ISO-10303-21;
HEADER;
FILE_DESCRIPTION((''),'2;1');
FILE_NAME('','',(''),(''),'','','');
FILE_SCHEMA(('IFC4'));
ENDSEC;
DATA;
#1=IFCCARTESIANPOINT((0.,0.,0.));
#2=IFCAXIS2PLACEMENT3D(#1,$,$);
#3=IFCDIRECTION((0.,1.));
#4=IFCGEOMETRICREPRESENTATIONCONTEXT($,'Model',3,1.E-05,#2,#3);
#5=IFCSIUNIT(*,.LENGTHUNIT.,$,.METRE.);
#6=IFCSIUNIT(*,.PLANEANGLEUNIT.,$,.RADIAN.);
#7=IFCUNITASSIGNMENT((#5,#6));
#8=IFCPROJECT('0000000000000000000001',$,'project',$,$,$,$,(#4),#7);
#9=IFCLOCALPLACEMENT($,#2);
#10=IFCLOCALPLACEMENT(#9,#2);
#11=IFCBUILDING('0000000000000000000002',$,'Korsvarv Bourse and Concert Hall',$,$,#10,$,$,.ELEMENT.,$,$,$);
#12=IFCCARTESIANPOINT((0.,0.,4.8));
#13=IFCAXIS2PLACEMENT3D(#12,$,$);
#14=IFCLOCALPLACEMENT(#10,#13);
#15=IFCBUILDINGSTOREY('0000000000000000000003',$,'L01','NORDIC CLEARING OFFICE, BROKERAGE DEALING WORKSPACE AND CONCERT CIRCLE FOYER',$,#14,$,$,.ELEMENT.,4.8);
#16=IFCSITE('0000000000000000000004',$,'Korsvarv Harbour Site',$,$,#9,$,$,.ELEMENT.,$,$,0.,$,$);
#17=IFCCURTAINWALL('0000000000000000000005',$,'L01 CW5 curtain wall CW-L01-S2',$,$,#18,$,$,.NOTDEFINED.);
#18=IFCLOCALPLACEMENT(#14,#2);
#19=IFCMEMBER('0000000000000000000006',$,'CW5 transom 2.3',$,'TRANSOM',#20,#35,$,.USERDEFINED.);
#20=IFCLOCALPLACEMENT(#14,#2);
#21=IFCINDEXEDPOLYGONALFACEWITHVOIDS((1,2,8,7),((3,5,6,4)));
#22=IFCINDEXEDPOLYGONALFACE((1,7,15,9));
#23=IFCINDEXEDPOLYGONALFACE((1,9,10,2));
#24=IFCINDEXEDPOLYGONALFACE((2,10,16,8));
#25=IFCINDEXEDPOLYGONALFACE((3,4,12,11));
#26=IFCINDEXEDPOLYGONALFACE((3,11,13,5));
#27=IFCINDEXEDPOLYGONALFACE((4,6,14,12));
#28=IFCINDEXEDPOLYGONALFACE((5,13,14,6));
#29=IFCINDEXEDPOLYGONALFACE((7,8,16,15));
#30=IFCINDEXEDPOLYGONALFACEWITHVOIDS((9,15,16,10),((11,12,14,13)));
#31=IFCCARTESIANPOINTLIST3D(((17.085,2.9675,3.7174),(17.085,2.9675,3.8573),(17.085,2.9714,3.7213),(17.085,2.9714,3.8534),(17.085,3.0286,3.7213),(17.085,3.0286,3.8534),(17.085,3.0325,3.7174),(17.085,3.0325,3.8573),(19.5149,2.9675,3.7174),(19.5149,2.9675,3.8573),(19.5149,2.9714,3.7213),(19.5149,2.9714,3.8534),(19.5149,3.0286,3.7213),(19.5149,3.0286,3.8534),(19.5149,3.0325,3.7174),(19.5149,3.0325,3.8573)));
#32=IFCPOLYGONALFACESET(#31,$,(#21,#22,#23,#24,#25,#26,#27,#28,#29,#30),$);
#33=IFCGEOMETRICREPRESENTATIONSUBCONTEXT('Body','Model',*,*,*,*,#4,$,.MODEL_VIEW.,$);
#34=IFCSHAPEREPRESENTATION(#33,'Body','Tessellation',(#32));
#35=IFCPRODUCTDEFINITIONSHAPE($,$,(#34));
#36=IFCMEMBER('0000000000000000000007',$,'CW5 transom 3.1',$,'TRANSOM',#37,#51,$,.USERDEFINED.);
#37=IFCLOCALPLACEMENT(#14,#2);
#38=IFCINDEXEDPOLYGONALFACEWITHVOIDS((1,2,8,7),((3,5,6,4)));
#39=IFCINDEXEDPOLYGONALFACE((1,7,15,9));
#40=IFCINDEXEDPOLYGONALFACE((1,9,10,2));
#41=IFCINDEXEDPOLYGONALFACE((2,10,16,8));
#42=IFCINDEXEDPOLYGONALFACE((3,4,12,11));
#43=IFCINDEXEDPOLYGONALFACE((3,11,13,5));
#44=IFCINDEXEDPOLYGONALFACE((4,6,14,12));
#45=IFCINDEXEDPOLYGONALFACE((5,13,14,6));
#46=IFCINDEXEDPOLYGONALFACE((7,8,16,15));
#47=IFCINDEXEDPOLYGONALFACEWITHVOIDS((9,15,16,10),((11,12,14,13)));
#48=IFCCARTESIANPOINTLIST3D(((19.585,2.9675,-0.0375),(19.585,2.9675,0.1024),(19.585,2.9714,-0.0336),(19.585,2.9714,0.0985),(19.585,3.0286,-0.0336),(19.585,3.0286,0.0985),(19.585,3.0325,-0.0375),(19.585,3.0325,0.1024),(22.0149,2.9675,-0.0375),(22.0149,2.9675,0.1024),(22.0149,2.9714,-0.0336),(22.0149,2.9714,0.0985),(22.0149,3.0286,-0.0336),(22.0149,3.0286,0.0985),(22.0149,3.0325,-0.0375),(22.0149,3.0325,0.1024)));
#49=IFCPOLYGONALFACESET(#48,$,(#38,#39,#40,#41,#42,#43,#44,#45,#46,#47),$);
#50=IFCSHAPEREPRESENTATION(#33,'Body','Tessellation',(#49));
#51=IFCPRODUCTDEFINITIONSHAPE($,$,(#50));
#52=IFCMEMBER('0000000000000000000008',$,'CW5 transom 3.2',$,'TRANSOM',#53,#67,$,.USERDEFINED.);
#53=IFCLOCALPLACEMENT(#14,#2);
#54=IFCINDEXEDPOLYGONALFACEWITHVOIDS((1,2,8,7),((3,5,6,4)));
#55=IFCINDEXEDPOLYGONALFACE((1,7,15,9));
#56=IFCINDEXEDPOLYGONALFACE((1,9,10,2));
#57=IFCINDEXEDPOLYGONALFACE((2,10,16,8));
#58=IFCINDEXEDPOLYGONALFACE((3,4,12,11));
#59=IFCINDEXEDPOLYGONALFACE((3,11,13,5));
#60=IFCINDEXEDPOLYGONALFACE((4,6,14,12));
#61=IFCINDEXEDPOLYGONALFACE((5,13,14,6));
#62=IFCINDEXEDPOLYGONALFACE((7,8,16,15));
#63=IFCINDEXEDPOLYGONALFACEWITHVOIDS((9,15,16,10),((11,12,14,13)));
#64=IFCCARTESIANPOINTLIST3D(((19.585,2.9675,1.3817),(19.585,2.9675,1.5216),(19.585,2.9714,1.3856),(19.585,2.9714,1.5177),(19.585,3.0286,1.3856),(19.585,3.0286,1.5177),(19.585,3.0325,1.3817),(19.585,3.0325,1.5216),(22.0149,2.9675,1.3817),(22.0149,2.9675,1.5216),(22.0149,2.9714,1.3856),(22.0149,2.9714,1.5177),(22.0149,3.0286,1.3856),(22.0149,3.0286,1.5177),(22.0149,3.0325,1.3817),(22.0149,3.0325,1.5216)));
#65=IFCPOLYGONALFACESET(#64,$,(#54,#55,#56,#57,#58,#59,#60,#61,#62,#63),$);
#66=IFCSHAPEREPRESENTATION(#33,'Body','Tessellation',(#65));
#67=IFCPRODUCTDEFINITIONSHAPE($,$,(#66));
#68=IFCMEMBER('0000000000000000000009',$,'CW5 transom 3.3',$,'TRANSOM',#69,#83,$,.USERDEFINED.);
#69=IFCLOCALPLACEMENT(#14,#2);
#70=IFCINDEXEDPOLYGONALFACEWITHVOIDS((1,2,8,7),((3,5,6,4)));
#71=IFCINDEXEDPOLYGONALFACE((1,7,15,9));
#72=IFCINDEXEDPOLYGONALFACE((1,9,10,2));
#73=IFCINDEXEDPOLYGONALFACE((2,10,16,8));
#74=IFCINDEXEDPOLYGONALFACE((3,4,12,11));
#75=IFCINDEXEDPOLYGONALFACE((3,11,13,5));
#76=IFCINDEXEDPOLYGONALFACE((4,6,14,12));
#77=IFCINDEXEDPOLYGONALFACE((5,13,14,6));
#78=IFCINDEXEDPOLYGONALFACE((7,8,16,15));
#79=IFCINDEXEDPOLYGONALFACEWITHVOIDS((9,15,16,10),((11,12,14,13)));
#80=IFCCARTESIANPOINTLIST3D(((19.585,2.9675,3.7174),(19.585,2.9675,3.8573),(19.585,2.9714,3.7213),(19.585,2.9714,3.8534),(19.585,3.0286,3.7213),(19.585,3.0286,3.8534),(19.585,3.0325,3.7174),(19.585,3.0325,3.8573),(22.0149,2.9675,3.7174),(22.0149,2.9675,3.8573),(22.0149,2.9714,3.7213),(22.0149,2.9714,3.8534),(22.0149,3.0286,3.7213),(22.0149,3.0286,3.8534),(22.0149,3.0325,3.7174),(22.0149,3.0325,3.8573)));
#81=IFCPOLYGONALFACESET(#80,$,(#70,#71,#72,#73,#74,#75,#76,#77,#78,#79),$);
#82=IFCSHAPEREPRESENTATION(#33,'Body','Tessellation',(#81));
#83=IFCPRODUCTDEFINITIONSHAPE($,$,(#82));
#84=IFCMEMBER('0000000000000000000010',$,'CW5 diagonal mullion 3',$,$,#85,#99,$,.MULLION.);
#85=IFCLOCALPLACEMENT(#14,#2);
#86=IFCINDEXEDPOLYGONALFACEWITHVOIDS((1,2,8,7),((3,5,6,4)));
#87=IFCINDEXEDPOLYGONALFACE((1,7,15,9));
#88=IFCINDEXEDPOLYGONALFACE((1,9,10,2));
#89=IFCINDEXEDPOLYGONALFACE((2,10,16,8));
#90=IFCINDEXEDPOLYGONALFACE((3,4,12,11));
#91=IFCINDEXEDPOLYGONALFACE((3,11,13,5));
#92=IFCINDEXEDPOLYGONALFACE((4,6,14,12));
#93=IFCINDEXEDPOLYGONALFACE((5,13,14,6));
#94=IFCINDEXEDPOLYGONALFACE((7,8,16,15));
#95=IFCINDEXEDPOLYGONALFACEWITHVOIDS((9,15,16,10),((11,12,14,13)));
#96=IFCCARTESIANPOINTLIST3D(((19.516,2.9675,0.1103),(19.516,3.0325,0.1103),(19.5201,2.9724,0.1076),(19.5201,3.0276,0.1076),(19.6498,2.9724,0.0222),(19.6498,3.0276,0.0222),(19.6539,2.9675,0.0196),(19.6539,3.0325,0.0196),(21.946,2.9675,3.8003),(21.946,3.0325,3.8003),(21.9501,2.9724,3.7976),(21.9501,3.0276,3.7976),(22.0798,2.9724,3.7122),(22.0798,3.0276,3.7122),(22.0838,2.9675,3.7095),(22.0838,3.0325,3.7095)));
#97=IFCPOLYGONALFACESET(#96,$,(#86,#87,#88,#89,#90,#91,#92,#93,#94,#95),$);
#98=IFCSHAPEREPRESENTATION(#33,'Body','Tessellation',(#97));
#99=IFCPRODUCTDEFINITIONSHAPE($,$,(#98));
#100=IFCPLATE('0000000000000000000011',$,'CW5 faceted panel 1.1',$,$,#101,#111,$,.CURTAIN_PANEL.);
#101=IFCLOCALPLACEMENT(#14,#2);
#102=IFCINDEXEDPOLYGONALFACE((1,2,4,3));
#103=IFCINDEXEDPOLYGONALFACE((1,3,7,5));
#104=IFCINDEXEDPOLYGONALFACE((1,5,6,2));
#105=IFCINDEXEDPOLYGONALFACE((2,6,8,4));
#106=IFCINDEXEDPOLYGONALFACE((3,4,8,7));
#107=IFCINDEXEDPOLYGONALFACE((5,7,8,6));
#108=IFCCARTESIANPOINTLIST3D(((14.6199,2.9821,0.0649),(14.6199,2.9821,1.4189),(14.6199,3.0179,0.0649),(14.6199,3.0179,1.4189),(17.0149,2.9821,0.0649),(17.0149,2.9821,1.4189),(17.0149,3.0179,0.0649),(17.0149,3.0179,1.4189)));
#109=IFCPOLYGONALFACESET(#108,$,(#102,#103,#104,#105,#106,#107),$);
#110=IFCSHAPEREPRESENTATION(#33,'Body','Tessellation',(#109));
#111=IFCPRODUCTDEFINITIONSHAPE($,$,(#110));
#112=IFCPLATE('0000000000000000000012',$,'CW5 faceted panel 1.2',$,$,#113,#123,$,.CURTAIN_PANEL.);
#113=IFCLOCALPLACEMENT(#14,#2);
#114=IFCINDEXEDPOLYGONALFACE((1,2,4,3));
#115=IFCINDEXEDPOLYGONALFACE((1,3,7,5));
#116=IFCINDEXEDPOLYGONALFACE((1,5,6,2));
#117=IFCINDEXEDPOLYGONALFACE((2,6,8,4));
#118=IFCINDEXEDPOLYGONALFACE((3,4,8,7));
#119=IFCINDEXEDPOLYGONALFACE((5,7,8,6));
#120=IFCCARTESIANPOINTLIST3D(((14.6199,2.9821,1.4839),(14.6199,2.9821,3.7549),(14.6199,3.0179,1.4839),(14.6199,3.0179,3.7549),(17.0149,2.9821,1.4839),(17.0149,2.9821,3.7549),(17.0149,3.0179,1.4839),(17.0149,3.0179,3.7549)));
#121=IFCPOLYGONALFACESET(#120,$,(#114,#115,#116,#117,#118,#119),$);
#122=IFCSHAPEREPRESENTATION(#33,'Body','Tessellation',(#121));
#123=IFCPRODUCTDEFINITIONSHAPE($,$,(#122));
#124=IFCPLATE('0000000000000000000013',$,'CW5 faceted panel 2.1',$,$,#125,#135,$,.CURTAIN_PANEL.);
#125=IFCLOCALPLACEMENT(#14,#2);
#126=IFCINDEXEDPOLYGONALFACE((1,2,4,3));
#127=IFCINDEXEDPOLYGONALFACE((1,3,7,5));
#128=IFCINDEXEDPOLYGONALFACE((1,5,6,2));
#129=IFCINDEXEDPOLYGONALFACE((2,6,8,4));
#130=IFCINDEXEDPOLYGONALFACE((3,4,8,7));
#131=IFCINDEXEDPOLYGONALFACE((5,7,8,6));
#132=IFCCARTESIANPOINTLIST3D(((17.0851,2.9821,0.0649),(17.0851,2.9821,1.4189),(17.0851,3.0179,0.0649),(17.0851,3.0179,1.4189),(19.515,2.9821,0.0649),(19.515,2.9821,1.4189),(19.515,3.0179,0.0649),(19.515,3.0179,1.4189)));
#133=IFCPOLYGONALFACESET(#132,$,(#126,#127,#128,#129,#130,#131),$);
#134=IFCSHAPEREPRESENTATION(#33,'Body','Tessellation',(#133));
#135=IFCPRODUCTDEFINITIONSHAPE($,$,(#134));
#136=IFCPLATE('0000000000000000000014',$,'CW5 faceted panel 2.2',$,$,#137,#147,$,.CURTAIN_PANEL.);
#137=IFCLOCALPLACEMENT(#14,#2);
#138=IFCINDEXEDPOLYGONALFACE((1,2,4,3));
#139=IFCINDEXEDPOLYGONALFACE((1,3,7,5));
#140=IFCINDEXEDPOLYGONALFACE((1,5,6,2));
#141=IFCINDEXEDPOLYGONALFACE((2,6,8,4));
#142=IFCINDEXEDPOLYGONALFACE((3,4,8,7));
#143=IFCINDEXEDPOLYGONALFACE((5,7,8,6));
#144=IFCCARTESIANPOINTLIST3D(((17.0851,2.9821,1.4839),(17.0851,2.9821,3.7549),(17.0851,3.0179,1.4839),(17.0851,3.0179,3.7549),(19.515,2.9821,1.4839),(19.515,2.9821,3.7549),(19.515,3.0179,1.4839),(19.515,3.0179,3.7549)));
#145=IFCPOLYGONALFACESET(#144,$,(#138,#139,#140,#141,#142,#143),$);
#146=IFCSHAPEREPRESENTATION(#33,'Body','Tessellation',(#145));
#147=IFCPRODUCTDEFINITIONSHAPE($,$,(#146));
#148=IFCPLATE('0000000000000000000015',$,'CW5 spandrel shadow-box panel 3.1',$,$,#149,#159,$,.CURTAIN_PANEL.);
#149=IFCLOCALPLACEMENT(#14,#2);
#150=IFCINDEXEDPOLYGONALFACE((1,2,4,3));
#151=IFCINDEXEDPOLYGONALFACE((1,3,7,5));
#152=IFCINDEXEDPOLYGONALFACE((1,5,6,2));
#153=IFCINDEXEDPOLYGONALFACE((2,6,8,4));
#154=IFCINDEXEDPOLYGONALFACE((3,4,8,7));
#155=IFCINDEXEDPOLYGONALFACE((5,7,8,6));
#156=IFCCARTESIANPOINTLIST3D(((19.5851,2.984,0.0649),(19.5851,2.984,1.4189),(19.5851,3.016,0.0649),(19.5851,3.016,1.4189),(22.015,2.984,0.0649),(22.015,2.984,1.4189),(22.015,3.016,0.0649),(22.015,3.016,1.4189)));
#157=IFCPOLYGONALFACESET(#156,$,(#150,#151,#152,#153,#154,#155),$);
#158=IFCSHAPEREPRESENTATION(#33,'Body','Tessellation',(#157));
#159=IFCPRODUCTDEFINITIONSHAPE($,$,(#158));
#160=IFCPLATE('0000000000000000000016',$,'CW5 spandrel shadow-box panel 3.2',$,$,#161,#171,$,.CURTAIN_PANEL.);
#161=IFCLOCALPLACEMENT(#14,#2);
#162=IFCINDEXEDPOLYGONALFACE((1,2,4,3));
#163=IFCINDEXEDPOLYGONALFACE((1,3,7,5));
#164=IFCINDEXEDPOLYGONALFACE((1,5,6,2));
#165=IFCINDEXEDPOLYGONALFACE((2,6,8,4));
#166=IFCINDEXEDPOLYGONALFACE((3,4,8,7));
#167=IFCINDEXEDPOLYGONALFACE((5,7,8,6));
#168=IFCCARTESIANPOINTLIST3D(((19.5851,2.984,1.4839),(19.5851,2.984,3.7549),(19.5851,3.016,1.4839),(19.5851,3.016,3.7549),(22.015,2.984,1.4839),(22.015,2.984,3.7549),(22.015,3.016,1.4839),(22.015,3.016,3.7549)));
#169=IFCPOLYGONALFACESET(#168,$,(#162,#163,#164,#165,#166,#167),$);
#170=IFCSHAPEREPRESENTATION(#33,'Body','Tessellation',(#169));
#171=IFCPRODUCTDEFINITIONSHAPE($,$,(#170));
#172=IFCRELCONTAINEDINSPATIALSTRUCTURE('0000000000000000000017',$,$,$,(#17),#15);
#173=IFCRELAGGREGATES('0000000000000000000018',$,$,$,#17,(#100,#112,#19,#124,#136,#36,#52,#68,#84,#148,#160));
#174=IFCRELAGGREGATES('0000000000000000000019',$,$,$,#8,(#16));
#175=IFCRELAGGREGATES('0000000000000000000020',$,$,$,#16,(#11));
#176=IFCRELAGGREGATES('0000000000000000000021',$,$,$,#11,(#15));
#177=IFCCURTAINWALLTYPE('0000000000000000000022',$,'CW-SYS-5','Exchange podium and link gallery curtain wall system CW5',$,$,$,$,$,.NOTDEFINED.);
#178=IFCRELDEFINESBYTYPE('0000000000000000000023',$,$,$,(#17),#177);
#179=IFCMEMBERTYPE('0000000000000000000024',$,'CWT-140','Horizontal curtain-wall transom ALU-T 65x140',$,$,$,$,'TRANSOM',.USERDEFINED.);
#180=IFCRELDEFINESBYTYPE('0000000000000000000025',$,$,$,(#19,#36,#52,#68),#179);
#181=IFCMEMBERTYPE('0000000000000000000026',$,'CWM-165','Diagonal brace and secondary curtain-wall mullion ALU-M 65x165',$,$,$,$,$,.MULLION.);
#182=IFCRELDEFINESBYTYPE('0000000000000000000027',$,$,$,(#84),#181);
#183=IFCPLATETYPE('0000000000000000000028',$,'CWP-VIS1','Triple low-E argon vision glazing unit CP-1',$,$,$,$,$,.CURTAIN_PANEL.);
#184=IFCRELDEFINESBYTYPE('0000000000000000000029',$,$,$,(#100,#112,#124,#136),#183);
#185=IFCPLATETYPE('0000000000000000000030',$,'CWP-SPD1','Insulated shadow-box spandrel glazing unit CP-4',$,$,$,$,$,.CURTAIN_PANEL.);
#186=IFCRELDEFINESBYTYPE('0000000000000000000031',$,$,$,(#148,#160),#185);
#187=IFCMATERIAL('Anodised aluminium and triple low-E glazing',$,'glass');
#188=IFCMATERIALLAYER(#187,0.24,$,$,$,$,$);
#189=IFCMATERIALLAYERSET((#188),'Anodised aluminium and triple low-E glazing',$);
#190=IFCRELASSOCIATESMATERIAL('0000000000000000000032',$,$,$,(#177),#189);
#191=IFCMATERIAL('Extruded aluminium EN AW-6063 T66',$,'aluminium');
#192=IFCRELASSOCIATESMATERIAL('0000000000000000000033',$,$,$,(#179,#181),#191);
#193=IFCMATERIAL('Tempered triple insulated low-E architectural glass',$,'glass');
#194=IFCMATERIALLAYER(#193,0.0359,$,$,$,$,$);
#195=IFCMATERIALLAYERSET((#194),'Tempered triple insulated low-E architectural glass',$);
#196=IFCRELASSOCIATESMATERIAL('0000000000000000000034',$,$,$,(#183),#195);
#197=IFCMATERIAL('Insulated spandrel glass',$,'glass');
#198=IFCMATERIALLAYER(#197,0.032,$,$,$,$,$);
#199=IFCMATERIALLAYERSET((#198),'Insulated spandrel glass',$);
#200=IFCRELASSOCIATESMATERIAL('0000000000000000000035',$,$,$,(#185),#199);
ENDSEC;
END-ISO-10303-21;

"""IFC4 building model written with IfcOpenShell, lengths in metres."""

from ifc_helpers import new_model, si_unit, direction, frame, origin, origin_2d, place, context, subcontext, project, spatial, rectangle, hollow_rectangle, extrude, source, transform, mapped, material, layer, layer_set, material_profile, profile_set, type_object, element, aggregate, save


model = new_model("IFC4")

# Units and contexts
model_context = context("Model", 3, precision=1e-05, world=origin(), true_north=direction((0.0, 1.0)))
body_context = subcontext(model_context, "Body", "Model", "MODEL_VIEW")
ifc_project = project(units=[si_unit("LENGTHUNIT", "METRE"), si_unit("PLANEANGLEUNIT", "RADIAN")], contexts=[model_context])

# Site, building, storey
site_placement = place(None, origin())
site = spatial("IfcSite", under=ifc_project, at=site_placement, Name="Korsvarv Harbour Site", CompositionType="ELEMENT", RefElevation=0.0)
building_placement = place(site_placement, origin())
building = spatial("IfcBuilding", under=site, at=building_placement, Name="Korsvarv Bourse and Concert Hall", CompositionType="ELEMENT")
storey_placement = place(building_placement, frame((0.0, 0.0, 4.8)))
storey = spatial("IfcBuildingStorey", under=building, at=storey_placement, Name="L01", Description="NORDIC CLEARING OFFICE, BROKERAGE DEALING WORKSPACE AND CONCERT CIRCLE FOYER", CompositionType="ELEMENT", Elevation=4.8)

# Curtain wall, members, plates
ifc_material_1 = material(Name="Anodised aluminium and triple low-E glazing", Category="glass")
ifc_layer_1 = layer(ifc_material_1, 0.24)
ifc_layer_set_1 = layer_set([ifc_layer_1], Name="Anodised aluminium and triple low-E glazing")
curtain_wall_type = type_object("IfcCurtainWallType", Name="CW-SYS-5", Description="Exchange podium and link gallery curtain wall system CW5", PredefinedType="NOTDEFINED", material=ifc_layer_set_1)
curtain_wall_placement = place(storey_placement, origin())
curtain_wall = element("IfcCurtainWall", 1, at=curtain_wall_placement, inside=storey, type_object=curtain_wall_type, Name="L01 CW5 curtain wall CW-L01-S2", PredefinedType="NOTDEFINED")
ifc_material_2 = material(Name="Extruded aluminium EN AW-6063 T66", Category="aluminium")
ifc_material_profile_1 = material_profile(ifc_material_2, hollow_rectangle(XDim=0.0649, YDim=0.1399, WallThickness=0.0039, at=origin_2d()), Name="ALU-T 65x140")
ifc_profile_set_1 = profile_set([ifc_material_profile_1], Name="Extruded aluminium EN AW-6063 T66")
member_type_1 = type_object("IfcMemberType", Name="CWT-140", Description="Horizontal curtain-wall transom ALU-T 65x140", ElementType="TRANSOM", PredefinedType="USERDEFINED", material=ifc_profile_set_1)
shared_shape_1 = source(origin(), body_context, "Body", "SweptSolid", [
    extrude(hollow_rectangle(XDim=0.0649, YDim=0.1399, WallThickness=0.0039, at=origin_2d()), origin(), (0.0, 0.0, 1.0), 2.4299),
])
member_1_placement = place(storey_placement, frame((17.085, 3.0, 3.7874), z_axis=(1.0, 0.0, 0.0), x_axis=(0.0, 1.0, 0.0)))
member_1 = element("IfcMember", 2, at=member_1_placement, type_object=member_type_1, Name="CW5 transom 2.3", ObjectType="TRANSOM", PredefinedType="USERDEFINED", context=body_context, shape_type="MappedRepresentation", body=[
    mapped(shared_shape_1, transform((0.0, 0.0, 0.0), scale=1.0)),
])
member_2_placement = place(storey_placement, frame((19.585, 3.0, 0.0325), z_axis=(1.0, 0.0, 0.0), x_axis=(0.0, 1.0, 0.0)))
member_2 = element("IfcMember", 3, at=member_2_placement, type_object=member_type_1, Name="CW5 transom 3.1", ObjectType="TRANSOM", PredefinedType="USERDEFINED", context=body_context, shape_type="MappedRepresentation", body=[
    mapped(shared_shape_1, transform((0.0, 0.0, 0.0), scale=1.0)),
])
member_3_placement = place(storey_placement, frame((19.585, 3.0, 1.4517), z_axis=(1.0, 0.0, 0.0), x_axis=(0.0, 1.0, 0.0)))
member_3 = element("IfcMember", 4, at=member_3_placement, type_object=member_type_1, Name="CW5 transom 3.2", ObjectType="TRANSOM", PredefinedType="USERDEFINED", context=body_context, shape_type="MappedRepresentation", body=[
    mapped(shared_shape_1, transform((0.0, 0.0, 0.0), scale=1.0)),
])
member_4_placement = place(storey_placement, frame((19.585, 3.0, 3.7874), z_axis=(1.0, 0.0, 0.0), x_axis=(0.0, 1.0, 0.0)))
member_4 = element("IfcMember", 5, at=member_4_placement, type_object=member_type_1, Name="CW5 transom 3.3", ObjectType="TRANSOM", PredefinedType="USERDEFINED", context=body_context, shape_type="MappedRepresentation", body=[
    mapped(shared_shape_1, transform((0.0, 0.0, 0.0), scale=1.0)),
])
ifc_material_profile_2 = material_profile(ifc_material_2, hollow_rectangle(XDim=0.0649, YDim=0.165, WallThickness=0.0049, at=origin_2d()), Name="ALU-M 65x165")
ifc_profile_set_2 = profile_set([ifc_material_profile_2], Name="Extruded aluminium EN AW-6063 T66")
member_type_2 = type_object("IfcMemberType", Name="CWM-165", Description="Diagonal brace and secondary curtain-wall mullion ALU-M 65x165", PredefinedType="MULLION", material=ifc_profile_set_2)
shared_shape_2 = source(origin(), body_context, "Body", "SweptSolid", [
    extrude(hollow_rectangle(XDim=0.0649, YDim=0.165, WallThickness=0.0049, at=origin_2d()), origin(), (0.0, 0.0, 1.0), 4.4182),
])
member_5_placement = place(storey_placement, frame((19.585, 3.0, 0.0649), z_axis=(0.549986, 0.0, 0.835174), x_axis=(0.0, 1.0, 0.0)))
member_5 = element("IfcMember", 6, at=member_5_placement, type_object=member_type_2, Name="CW5 diagonal mullion 3", PredefinedType="MULLION", context=body_context, shape_type="MappedRepresentation", body=[
    mapped(shared_shape_2, transform((0.0, 0.0, 0.0), scale=1.0)),
])
ifc_material_3 = material(Name="Tempered triple insulated low-E architectural glass", Category="glass")
ifc_layer_2 = layer(ifc_material_3, 0.0359)
ifc_layer_set_2 = layer_set([ifc_layer_2], Name="Tempered triple insulated low-E architectural glass")
plate_type_1 = type_object("IfcPlateType", Name="CWP-VIS1", Description="Triple low-E argon vision glazing unit CP-1", PredefinedType="CURTAIN_PANEL", material=ifc_layer_set_2)
shared_shape_3 = source(origin(), body_context, "Body", "SweptSolid", [
    extrude(rectangle(XDim=2.395, YDim=0.0359, at=origin_2d()), origin(), (0.0, 0.0, 1.0), 1.354),
])
plate_1_placement = place(storey_placement, frame((15.8174, 3.0, 0.0649), z_axis=(0.0, 0.0, 1.0), x_axis=(1.0, 0.0, 0.0)))
plate_1 = element("IfcPlate", 7, at=plate_1_placement, type_object=plate_type_1, Name="CW5 faceted panel 1.1", PredefinedType="CURTAIN_PANEL", context=body_context, shape_type="MappedRepresentation", body=[
    mapped(shared_shape_3, transform((0.0, 0.0, 0.0), scale=1.0)),
])
shared_shape_4 = source(origin(), body_context, "Body", "SweptSolid", [
    extrude(rectangle(XDim=2.395, YDim=0.0359, at=origin_2d()), origin(), (0.0, 0.0, 1.0), 2.271),
])
plate_2_placement = place(storey_placement, frame((15.8174, 3.0, 1.4839), z_axis=(0.0, 0.0, 1.0), x_axis=(1.0, 0.0, 0.0)))
plate_2 = element("IfcPlate", 8, at=plate_2_placement, type_object=plate_type_1, Name="CW5 faceted panel 1.2", PredefinedType="CURTAIN_PANEL", context=body_context, shape_type="MappedRepresentation", body=[
    mapped(shared_shape_4, transform((0.0, 0.0, 0.0), scale=1.0)),
])
shared_shape_5 = source(origin(), body_context, "Body", "SweptSolid", [
    extrude(rectangle(XDim=2.4299, YDim=0.0359, at=origin_2d()), origin(), (0.0, 0.0, 1.0), 1.354),
])
plate_3_placement = place(storey_placement, frame((18.3, 3.0, 0.0649), z_axis=(0.0, 0.0, 1.0), x_axis=(1.0, 0.0, 0.0)))
plate_3 = element("IfcPlate", 9, at=plate_3_placement, type_object=plate_type_1, Name="CW5 faceted panel 2.1", PredefinedType="CURTAIN_PANEL", context=body_context, shape_type="MappedRepresentation", body=[
    mapped(shared_shape_5, transform((0.0, 0.0, 0.0), scale=1.0)),
])
shared_shape_6 = source(origin(), body_context, "Body", "SweptSolid", [
    extrude(rectangle(XDim=2.4299, YDim=0.0359, at=origin_2d()), origin(), (0.0, 0.0, 1.0), 2.271),
])
plate_4_placement = place(storey_placement, frame((18.3, 3.0, 1.4839), z_axis=(0.0, 0.0, 1.0), x_axis=(1.0, 0.0, 0.0)))
plate_4 = element("IfcPlate", 10, at=plate_4_placement, type_object=plate_type_1, Name="CW5 faceted panel 2.2", PredefinedType="CURTAIN_PANEL", context=body_context, shape_type="MappedRepresentation", body=[
    mapped(shared_shape_6, transform((0.0, 0.0, 0.0), scale=1.0)),
])
ifc_material_4 = material(Name="Insulated spandrel glass", Category="glass")
ifc_layer_3 = layer(ifc_material_4, 0.032)
ifc_layer_set_3 = layer_set([ifc_layer_3], Name="Insulated spandrel glass")
plate_type_2 = type_object("IfcPlateType", Name="CWP-SPD1", Description="Insulated shadow-box spandrel glazing unit CP-4", PredefinedType="CURTAIN_PANEL", material=ifc_layer_set_3)
shared_shape_7 = source(origin(), body_context, "Body", "SweptSolid", [
    extrude(rectangle(XDim=2.4299, YDim=0.032, at=origin_2d()), origin(), (0.0, 0.0, 1.0), 1.354),
])
plate_5_placement = place(storey_placement, frame((20.8, 3.0, 0.0649), z_axis=(0.0, 0.0, 1.0), x_axis=(1.0, 0.0, 0.0)))
plate_5 = element("IfcPlate", 11, at=plate_5_placement, type_object=plate_type_2, Name="CW5 spandrel shadow-box panel 3.1", PredefinedType="CURTAIN_PANEL", context=body_context, shape_type="MappedRepresentation", body=[
    mapped(shared_shape_7, transform((0.0, 0.0, 0.0), scale=1.0)),
])
shared_shape_8 = source(origin(), body_context, "Body", "SweptSolid", [
    extrude(rectangle(XDim=2.4299, YDim=0.032, at=origin_2d()), origin(), (0.0, 0.0, 1.0), 2.271),
])
plate_6_placement = place(storey_placement, frame((20.8, 3.0, 1.4839), z_axis=(0.0, 0.0, 1.0), x_axis=(1.0, 0.0, 0.0)))
plate_6 = element("IfcPlate", 12, at=plate_6_placement, type_object=plate_type_2, Name="CW5 spandrel shadow-box panel 3.2", PredefinedType="CURTAIN_PANEL", context=body_context, shape_type="MappedRepresentation", body=[
    mapped(shared_shape_8, transform((0.0, 0.0, 0.0), scale=1.0)),
])
aggregate(curtain_wall, [plate_1, plate_2, member_1, plate_3, plate_4, member_2, member_3, member_4, member_5, plate_5, plate_6])

save(model, "model.ifc")
